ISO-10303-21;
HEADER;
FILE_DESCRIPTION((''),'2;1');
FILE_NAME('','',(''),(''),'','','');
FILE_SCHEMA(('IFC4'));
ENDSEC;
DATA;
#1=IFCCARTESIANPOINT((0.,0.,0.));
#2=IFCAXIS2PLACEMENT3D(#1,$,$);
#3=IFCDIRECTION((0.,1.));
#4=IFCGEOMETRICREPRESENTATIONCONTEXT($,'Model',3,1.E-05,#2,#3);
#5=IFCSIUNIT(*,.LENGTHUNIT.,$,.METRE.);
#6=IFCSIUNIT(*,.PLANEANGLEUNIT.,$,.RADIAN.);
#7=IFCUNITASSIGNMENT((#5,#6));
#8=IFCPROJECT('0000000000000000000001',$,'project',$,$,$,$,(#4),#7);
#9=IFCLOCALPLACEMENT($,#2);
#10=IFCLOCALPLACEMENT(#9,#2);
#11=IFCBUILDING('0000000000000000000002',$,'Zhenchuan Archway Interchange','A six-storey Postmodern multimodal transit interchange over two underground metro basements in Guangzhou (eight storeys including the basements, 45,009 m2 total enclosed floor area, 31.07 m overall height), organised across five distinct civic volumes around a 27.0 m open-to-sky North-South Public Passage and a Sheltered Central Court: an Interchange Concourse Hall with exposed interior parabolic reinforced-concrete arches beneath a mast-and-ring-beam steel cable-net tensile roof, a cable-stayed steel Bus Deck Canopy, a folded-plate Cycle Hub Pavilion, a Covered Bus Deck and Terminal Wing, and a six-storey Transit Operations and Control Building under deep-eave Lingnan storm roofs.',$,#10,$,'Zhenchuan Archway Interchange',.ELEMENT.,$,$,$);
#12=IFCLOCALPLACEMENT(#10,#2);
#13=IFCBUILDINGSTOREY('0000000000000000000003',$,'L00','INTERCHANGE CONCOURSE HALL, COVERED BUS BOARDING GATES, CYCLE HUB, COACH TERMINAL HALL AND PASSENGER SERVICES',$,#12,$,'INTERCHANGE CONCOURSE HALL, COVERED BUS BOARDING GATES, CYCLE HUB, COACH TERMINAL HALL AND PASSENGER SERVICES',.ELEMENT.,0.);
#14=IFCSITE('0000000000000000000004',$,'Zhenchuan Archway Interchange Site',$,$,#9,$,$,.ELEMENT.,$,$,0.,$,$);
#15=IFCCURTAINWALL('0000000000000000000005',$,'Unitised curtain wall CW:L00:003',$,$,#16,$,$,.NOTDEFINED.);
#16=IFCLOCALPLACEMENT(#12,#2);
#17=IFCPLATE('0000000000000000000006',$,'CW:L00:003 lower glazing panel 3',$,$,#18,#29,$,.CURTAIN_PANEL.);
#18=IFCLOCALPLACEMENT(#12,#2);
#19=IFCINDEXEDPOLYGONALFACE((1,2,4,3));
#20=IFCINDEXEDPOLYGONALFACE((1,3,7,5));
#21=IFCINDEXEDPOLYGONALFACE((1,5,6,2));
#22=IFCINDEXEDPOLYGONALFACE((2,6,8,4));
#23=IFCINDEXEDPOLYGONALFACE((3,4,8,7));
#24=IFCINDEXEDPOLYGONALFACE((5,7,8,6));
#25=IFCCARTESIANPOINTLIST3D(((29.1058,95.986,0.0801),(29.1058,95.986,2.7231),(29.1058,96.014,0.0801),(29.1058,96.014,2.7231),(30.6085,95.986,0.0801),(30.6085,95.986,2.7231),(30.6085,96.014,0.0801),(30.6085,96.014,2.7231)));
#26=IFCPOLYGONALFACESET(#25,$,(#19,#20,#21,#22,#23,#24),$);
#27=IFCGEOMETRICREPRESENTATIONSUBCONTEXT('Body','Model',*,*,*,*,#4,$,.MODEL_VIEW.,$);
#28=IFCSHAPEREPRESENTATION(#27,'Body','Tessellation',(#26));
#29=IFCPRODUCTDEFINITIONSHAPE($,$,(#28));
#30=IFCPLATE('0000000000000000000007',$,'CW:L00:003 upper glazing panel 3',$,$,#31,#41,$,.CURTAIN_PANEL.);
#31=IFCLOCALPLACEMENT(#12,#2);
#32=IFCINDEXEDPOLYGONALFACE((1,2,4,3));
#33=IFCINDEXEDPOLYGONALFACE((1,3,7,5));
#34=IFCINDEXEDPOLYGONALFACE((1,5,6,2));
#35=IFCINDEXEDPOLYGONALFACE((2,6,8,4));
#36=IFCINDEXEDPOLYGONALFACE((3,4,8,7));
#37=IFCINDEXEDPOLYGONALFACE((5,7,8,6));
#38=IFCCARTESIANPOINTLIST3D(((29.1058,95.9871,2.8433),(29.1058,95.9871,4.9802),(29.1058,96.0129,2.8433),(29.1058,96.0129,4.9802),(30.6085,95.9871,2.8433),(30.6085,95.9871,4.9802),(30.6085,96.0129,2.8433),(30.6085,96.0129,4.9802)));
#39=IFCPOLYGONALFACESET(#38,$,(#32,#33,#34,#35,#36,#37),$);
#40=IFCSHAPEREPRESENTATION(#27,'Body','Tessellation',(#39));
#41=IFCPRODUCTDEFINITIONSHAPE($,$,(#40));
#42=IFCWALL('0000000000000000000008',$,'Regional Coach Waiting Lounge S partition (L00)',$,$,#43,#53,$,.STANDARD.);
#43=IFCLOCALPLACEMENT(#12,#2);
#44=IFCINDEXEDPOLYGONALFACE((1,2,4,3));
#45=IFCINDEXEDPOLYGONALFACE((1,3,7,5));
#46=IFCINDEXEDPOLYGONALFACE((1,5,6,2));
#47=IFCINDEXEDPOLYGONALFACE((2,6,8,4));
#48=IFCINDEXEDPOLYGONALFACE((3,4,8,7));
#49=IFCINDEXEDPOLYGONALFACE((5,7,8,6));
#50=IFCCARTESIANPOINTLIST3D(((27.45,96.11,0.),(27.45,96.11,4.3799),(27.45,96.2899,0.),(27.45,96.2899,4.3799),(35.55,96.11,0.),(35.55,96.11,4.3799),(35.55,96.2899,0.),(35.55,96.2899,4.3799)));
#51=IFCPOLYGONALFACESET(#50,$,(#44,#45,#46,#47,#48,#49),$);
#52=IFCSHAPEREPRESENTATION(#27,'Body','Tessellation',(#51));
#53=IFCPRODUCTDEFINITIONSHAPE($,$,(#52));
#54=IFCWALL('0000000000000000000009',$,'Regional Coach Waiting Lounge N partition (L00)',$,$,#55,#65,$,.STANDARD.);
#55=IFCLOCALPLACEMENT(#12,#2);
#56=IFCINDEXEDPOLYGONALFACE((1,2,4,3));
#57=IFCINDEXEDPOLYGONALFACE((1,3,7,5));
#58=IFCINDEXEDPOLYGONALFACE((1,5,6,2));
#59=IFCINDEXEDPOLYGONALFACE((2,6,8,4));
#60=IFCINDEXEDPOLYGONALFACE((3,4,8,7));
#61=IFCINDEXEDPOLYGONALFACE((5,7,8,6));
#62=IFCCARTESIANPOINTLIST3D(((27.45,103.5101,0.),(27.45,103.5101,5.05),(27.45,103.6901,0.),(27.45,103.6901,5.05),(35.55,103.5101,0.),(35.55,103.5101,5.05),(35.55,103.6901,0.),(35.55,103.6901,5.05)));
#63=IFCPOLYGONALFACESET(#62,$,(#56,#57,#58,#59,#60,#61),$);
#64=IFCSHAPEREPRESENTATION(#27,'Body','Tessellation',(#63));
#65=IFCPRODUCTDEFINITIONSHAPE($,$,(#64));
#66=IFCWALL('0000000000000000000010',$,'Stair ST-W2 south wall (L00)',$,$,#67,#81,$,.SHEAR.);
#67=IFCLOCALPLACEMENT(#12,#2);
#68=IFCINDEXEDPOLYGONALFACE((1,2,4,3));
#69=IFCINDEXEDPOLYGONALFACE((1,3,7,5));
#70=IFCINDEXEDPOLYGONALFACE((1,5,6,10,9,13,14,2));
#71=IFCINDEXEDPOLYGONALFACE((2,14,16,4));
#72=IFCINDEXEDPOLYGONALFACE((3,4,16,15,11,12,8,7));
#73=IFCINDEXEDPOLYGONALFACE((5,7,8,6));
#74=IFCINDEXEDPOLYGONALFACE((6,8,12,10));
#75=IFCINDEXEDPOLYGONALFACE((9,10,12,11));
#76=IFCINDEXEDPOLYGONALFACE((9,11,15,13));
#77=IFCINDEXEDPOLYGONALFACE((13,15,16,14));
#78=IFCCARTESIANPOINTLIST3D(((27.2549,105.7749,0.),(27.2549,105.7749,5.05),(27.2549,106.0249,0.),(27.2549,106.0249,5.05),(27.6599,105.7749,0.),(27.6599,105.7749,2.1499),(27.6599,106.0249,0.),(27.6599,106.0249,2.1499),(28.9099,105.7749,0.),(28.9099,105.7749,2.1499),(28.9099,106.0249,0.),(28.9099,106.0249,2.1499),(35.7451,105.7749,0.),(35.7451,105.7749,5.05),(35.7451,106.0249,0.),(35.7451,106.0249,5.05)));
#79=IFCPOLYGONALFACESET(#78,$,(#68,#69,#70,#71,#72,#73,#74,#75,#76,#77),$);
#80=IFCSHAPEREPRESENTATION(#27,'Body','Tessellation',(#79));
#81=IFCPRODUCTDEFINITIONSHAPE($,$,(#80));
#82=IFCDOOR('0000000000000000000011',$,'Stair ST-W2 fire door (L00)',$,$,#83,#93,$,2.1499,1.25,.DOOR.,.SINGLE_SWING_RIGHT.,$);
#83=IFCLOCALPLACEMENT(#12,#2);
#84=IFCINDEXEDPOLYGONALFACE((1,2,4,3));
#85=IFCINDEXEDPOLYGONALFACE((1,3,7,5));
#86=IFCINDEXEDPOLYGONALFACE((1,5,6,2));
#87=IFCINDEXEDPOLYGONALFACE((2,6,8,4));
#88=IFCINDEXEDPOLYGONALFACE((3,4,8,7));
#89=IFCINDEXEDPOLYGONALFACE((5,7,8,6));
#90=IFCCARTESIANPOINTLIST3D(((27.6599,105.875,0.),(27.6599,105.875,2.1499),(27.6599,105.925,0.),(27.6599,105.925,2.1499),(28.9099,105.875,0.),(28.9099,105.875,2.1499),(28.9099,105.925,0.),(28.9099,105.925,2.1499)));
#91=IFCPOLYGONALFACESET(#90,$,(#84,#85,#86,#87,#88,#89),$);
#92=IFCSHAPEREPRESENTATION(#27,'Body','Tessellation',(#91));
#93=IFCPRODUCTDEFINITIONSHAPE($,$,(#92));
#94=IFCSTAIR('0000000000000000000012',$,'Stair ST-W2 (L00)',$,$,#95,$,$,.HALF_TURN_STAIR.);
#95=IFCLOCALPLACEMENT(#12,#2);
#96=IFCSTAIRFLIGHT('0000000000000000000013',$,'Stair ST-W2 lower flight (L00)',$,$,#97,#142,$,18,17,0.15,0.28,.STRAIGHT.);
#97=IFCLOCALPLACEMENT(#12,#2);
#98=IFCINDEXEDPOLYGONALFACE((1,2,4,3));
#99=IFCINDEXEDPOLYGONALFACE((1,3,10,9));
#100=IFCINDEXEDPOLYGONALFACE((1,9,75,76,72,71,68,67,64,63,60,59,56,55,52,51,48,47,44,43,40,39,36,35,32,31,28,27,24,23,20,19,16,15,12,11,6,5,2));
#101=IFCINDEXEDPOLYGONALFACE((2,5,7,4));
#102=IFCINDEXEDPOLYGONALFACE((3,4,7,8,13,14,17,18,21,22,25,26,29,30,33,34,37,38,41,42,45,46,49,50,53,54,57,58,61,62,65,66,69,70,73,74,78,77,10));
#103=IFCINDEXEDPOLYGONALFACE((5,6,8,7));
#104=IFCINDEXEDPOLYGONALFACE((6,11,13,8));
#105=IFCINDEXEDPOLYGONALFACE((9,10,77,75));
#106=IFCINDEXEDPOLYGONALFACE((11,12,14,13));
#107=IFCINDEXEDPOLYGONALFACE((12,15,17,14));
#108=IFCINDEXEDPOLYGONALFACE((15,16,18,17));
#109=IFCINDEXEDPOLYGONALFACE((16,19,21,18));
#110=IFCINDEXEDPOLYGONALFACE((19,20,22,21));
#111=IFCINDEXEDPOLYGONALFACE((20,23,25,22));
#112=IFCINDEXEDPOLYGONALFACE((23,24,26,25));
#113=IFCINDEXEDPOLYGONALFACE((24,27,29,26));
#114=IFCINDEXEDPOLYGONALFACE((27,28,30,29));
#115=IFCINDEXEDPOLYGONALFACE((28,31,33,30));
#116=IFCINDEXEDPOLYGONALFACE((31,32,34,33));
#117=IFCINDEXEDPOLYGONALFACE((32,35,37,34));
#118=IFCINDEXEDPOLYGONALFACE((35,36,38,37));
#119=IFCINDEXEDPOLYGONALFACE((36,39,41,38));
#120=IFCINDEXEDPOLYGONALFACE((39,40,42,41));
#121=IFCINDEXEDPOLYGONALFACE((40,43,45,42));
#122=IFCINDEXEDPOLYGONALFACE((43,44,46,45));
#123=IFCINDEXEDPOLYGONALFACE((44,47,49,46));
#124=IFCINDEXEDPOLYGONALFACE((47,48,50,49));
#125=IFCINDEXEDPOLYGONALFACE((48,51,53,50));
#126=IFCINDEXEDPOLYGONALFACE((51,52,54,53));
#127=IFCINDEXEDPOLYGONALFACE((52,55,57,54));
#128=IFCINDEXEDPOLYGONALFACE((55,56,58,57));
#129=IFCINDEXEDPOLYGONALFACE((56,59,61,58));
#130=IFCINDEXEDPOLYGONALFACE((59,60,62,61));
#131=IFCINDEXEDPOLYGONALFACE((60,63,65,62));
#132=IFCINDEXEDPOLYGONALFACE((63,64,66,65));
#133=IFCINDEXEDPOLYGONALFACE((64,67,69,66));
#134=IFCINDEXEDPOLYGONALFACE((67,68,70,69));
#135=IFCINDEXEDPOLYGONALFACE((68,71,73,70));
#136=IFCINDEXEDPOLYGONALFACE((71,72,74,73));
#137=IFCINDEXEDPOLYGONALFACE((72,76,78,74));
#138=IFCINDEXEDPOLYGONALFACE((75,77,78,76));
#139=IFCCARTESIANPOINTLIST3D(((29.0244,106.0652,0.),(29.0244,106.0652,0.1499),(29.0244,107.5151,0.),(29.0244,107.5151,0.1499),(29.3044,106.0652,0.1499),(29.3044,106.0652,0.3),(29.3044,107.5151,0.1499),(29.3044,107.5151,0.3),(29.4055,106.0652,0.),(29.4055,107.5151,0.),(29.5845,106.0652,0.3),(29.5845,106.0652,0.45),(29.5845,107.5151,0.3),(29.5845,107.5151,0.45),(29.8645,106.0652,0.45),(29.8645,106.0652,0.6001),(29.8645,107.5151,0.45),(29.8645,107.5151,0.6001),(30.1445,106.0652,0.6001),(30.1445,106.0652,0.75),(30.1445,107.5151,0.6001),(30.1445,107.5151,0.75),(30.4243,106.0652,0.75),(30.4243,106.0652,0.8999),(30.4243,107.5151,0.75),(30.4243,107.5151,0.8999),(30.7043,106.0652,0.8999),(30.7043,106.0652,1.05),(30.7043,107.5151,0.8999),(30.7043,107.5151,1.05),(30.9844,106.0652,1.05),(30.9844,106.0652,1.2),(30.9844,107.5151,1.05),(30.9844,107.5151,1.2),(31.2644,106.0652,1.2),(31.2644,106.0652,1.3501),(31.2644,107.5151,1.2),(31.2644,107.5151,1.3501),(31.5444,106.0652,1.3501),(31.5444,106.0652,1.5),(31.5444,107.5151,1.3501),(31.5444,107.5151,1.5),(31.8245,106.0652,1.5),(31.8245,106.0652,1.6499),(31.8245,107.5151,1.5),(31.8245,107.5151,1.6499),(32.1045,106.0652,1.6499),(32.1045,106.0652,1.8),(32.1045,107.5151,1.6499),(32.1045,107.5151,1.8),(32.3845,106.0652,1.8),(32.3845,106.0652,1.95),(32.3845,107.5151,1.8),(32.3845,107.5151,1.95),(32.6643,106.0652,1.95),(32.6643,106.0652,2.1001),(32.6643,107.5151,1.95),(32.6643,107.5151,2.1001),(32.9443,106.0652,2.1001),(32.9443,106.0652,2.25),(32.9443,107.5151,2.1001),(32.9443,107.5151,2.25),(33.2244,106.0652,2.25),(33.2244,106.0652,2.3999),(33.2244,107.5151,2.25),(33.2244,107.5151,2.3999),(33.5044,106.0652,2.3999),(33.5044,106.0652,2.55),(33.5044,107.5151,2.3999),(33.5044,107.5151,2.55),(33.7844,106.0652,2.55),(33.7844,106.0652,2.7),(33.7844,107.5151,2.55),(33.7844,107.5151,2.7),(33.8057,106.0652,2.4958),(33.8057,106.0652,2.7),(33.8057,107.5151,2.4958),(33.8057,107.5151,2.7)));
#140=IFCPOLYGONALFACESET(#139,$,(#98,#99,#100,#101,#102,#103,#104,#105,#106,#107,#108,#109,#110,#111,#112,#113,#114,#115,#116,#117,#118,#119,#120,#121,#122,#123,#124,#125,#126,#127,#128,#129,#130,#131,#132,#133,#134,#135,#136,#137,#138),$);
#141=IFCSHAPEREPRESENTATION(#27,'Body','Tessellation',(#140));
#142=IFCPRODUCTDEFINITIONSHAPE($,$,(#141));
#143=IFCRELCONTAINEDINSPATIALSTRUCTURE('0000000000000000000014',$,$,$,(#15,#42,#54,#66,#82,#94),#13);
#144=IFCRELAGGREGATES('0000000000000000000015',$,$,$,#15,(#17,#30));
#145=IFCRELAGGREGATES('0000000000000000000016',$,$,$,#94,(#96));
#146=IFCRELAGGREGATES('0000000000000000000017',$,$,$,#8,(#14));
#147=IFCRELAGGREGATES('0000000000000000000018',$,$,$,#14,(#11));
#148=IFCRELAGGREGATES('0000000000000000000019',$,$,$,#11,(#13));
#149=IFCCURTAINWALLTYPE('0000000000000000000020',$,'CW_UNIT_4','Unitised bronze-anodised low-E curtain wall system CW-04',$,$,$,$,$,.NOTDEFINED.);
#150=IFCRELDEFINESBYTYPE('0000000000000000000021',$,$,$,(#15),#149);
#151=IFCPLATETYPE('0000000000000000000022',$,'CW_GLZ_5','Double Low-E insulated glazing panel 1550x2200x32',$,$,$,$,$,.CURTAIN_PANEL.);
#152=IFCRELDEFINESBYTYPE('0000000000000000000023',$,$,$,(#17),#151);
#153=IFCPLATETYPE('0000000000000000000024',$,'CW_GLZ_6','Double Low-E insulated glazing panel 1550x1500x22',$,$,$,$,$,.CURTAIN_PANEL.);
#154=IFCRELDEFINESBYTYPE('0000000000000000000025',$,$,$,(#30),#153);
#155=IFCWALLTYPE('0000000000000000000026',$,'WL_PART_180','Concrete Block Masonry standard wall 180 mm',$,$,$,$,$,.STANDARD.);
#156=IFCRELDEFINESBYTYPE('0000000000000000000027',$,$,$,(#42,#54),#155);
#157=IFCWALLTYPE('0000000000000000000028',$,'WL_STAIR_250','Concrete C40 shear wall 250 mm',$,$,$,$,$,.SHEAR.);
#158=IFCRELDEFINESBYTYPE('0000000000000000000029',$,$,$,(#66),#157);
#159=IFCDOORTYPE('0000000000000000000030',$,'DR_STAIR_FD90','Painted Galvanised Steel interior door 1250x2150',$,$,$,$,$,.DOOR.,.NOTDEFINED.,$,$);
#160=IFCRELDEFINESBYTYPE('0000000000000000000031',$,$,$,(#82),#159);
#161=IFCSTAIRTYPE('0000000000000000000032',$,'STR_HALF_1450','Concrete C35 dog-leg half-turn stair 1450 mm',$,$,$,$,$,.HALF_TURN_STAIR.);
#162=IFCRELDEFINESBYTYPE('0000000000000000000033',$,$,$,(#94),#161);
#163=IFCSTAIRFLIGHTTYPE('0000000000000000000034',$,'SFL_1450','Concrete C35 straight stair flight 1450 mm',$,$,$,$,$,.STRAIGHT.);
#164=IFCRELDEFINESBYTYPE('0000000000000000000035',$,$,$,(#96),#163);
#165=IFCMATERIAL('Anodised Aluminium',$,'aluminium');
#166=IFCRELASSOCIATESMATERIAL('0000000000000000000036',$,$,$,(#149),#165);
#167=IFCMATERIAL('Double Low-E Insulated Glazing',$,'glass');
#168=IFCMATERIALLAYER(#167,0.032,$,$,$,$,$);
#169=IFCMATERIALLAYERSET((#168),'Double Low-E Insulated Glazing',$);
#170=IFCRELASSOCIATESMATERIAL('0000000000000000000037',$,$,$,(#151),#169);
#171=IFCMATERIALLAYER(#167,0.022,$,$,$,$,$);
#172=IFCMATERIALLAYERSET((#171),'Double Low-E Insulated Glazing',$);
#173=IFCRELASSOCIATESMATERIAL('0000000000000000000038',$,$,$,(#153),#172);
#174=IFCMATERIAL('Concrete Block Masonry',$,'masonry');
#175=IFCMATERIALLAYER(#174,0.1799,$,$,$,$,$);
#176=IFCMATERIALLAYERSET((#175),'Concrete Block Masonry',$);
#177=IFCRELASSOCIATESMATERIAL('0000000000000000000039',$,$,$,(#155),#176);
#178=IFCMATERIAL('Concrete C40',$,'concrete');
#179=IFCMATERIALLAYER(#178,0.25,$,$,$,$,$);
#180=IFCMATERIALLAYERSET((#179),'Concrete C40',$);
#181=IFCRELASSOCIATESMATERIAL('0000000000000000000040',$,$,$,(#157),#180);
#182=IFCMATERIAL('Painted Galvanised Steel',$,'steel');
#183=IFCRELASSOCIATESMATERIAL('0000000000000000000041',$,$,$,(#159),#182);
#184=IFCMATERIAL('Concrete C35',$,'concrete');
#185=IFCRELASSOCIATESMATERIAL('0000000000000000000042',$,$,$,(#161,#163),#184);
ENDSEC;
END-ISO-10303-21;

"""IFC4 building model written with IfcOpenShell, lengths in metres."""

from ifc_helpers import new_model, si_unit, direction, frame, frame_2d, origin, origin_2d, place, context, subcontext, project, spatial, polyline, rectangle, outline, extrude, material, layer, layer_set, type_object, element, fill, aggregate, save


model = new_model("IFC4")

# Units and contexts
model_context = context("Model", 3, precision=1e-05, world=origin(), true_north=direction((0.0, 1.0)))
body_context = subcontext(model_context, "Body", "Model", "MODEL_VIEW")
ifc_project = project(units=[si_unit("LENGTHUNIT", "METRE"), si_unit("PLANEANGLEUNIT", "RADIAN")], contexts=[model_context])

# Site, building, storey
site_placement = place(None, origin())
site = spatial("IfcSite", under=ifc_project, at=site_placement, Name="Zhenchuan Archway Interchange Site", CompositionType="ELEMENT", RefElevation=0.0)
building_placement = place(site_placement, origin())
building = spatial("IfcBuilding", under=site, at=building_placement, Name="Zhenchuan Archway Interchange", Description="A six-storey Postmodern multimodal transit interchange over two underground metro basements in Guangzhou (eight storeys including the basements, 45,009 m2 total enclosed floor area, 31.07 m overall height), organised across five distinct civic volumes around a 27.0 m open-to-sky North-South Public Passage and a Sheltered Central Court: an Interchange Concourse Hall with exposed interior parabolic reinforced-concrete arches beneath a mast-and-ring-beam steel cable-net tensile roof, a cable-stayed steel Bus Deck Canopy, a folded-plate Cycle Hub Pavilion, a Covered Bus Deck and Terminal Wing, and a six-storey Transit Operations and Control Building under deep-eave Lingnan storm roofs.", LongName="Zhenchuan Archway Interchange", CompositionType="ELEMENT")
storey_placement = place(building_placement, origin())
storey = spatial("IfcBuildingStorey", under=building, at=storey_placement, Name="L00", Description="INTERCHANGE CONCOURSE HALL, COVERED BUS BOARDING GATES, CYCLE HUB, COACH TERMINAL HALL AND PASSENGER SERVICES", LongName="INTERCHANGE CONCOURSE HALL, COVERED BUS BOARDING GATES, CYCLE HUB, COACH TERMINAL HALL AND PASSENGER SERVICES", CompositionType="ELEMENT", Elevation=0.0)

# Shared definitions
ifc_material_1 = material(Name="Concrete C40", Category="concrete")

# Shared definitions
ifc_material_2 = material(Name="Concrete C35", Category="concrete")

# Curtain wall
ifc_material_3 = material(Name="Anodised Aluminium", Category="aluminium")
curtain_wall_type = type_object("IfcCurtainWallType", Name="CW_UNIT_4", Description="Unitised bronze-anodised low-E curtain wall system CW-04", PredefinedType="NOTDEFINED", material=ifc_material_3)
curtain_wall_placement = place(storey_placement, origin())
curtain_wall = element("IfcCurtainWall", 1, at=curtain_wall_placement, inside=storey, type_object=curtain_wall_type, Name="Unitised curtain wall CW:L00:003", PredefinedType="NOTDEFINED")

# Plates
ifc_material_4 = material(Name="Double Low-E Insulated Glazing", Category="glass")
ifc_layer_1 = layer(ifc_material_4, 0.032)
ifc_layer_set_1 = layer_set([ifc_layer_1], Name="Double Low-E Insulated Glazing")
plate_type_1 = type_object("IfcPlateType", Name="CW_GLZ_5", Description="Double Low-E insulated glazing panel 1550x2200x32", PredefinedType="CURTAIN_PANEL", material=ifc_layer_set_1)
plate_1_placement = place(storey_placement, frame((29.8572, 96.0, 0.0801), z_axis=(0.0, 0.0, 1.0), x_axis=(-1.0, 0.0, 0.0)))
plate_1 = element("IfcPlate", 2, at=plate_1_placement, type_object=plate_type_1, Name="CW:L00:003 lower glazing panel 3", PredefinedType="CURTAIN_PANEL", context=body_context, shape_type="SweptSolid", body=[
    extrude(rectangle(XDim=1.5027, YDim=0.0281, at=origin_2d()), origin(), (0.0, 0.0, 1.0), 2.6431),
])
ifc_layer_2 = layer(ifc_material_4, 0.022)
ifc_layer_set_2 = layer_set([ifc_layer_2], Name="Double Low-E Insulated Glazing")
plate_type_2 = type_object("IfcPlateType", Name="CW_GLZ_6", Description="Double Low-E insulated glazing panel 1550x1500x22", PredefinedType="CURTAIN_PANEL", material=ifc_layer_set_2)
plate_2_placement = place(storey_placement, frame((29.8572, 96.0, 2.8433), z_axis=(0.0, 0.0, 1.0), x_axis=(-1.0, 0.0, 0.0)))
plate_2 = element("IfcPlate", 3, at=plate_2_placement, type_object=plate_type_2, Name="CW:L00:003 upper glazing panel 3", PredefinedType="CURTAIN_PANEL", context=body_context, shape_type="SweptSolid", body=[
    extrude(rectangle(XDim=1.5027, YDim=0.0259, at=origin_2d()), origin(), (0.0, 0.0, 1.0), 2.137),
])
aggregate(curtain_wall, [plate_1, plate_2])

# Walls
ifc_material_5 = material(Name="Concrete Block Masonry", Category="masonry")
ifc_layer_3 = layer(ifc_material_5, 0.1799)
ifc_layer_set_3 = layer_set([ifc_layer_3], Name="Concrete Block Masonry")
wall_type_1 = type_object("IfcWallType", Name="WL_PART_180", Description="Concrete Block Masonry standard wall 180 mm", PredefinedType="STANDARD", material=ifc_layer_set_3)
wall_1_placement = place(storey_placement, frame((27.45, 96.2, 0.0), z_axis=(0.0, 0.0, 1.0), x_axis=(1.0, 0.0, 0.0)))
element("IfcWall", 4, at=wall_1_placement, inside=storey, type_object=wall_type_1, Name="Regional Coach Waiting Lounge S partition (L00)", PredefinedType="STANDARD", context=body_context, shape_type="SweptSolid", body=[
    extrude(rectangle(XDim=8.1001, YDim=0.1799, at=frame_2d((4.05, 0.0))), origin(), (0.0, 0.0, 1.0), 4.3799),
])
wall_2_placement = place(storey_placement, frame((27.45, 103.6001, 0.0), z_axis=(0.0, 0.0, 1.0), x_axis=(1.0, 0.0, 0.0)))
element("IfcWall", 5, at=wall_2_placement, inside=storey, type_object=wall_type_1, Name="Regional Coach Waiting Lounge N partition (L00)", PredefinedType="STANDARD", context=body_context, shape_type="SweptSolid", body=[
    extrude(rectangle(XDim=8.1001, YDim=0.1799, at=frame_2d((4.05, 0.0))), origin(), (0.0, 0.0, 1.0), 5.05),
])

# Wall, opening, door
ifc_layer_4 = layer(ifc_material_1, 0.25)
ifc_layer_set_4 = layer_set([ifc_layer_4], Name="Concrete C40")
wall_type_2 = type_object("IfcWallType", Name="WL_STAIR_250", Description="Concrete C40 shear wall 250 mm", PredefinedType="SHEAR", material=ifc_layer_set_4)
wall_3_placement = place(storey_placement, frame((27.2549, 105.8999, 0.0), z_axis=(0.0, 0.0, 1.0), x_axis=(1.0, 0.0, 0.0)))
wall_3 = element("IfcWall", 6, at=wall_3_placement, inside=storey, type_object=wall_type_2, Name="Stair ST-W2 south wall (L00)", PredefinedType="SHEAR", context=body_context, shape_type="SweptSolid", body=[
    extrude(rectangle(XDim=8.4902, YDim=0.25, at=frame_2d((4.2451, 0.0))), origin(), (0.0, 0.0, 1.0), 5.05),
])
opening_placement = place(wall_3_placement, frame((0.405, 0.0, 0.0)))
opening = element("IfcOpeningElement", 7, at=opening_placement, cuts=wall_3, PredefinedType="OPENING", context=body_context, shape_type="SweptSolid", body=[
    extrude(rectangle(XDim=1.25, YDim=2.1499, at=frame_2d((0.625, 1.075))), frame((0.0, 0.137, 0.0), z_axis=(0.0, -1.0, 0.0), x_axis=(1.0, 0.0, 0.0)), (0.0, 0.0, 1.0), 0.2739),
])
ifc_material_6 = material(Name="Painted Galvanised Steel", Category="steel")
door_type = type_object("IfcDoorType", Name="DR_STAIR_FD90", Description="Painted Galvanised Steel interior door 1250x2150", OperationType="NOTDEFINED", PredefinedType="DOOR", material=ifc_material_6)
door_placement = place(opening_placement, frame((1.25, 0.0, 0.0), z_axis=(0.0, 0.0, 1.0), x_axis=(-1.0, 0.0, 0.0)))
door = element("IfcDoor", 8, at=door_placement, inside=storey, type_object=door_type, Name="Stair ST-W2 fire door (L00)", OperationType="SINGLE_SWING_RIGHT", OverallHeight=2.1499, OverallWidth=1.25, PredefinedType="DOOR", context=body_context, shape_type="SweptSolid", body=[
    extrude(rectangle(XDim=1.25, YDim=2.1499, at=frame_2d((0.625, 1.075))), frame((0.0, 0.0249, 0.0), z_axis=(0.0, -1.0, 0.0), x_axis=(1.0, 0.0, 0.0)), (0.0, 0.0, 1.0), 0.05),
])
fill(opening, door)

# Stair, stair flight
stair_type = type_object("IfcStairType", Name="STR_HALF_1450", Description="Concrete C35 dog-leg half-turn stair 1450 mm", PredefinedType="HALF_TURN_STAIR", material=ifc_material_2)
stair_placement = place(storey_placement, origin())
stair = element("IfcStair", 9, at=stair_placement, inside=storey, type_object=stair_type, Name="Stair ST-W2 (L00)", PredefinedType="HALF_TURN_STAIR")
stair_flight_type = type_object("IfcStairFlightType", Name="SFL_1450", Description="Concrete C35 straight stair flight 1450 mm", PredefinedType="STRAIGHT", material=ifc_material_2)
stair_flight_placement = place(storey_placement, frame((29.0244, 106.79, 0.0), z_axis=(0.0, 0.0, 1.0), x_axis=(1.0, 0.0, 0.0)))
stair_flight = element("IfcStairFlight", 10, at=stair_flight_placement, type_object=stair_flight_type, Name="Stair ST-W2 lower flight (L00)", NumberOfRisers=18, NumberOfTreads=17, PredefinedType="STRAIGHT", RiserHeight=0.15, TreadLength=0.28, context=body_context, shape_type="SweptSolid", body=[
    extrude(outline(polyline([(0.0, 0.0), (0.0, 0.1499), (0.28, 0.1499), (0.28, 0.3), (0.5601, 0.3), (0.5601, 0.45), (0.8401, 0.45), (0.8401, 0.6001), (1.1201, 0.6001), (1.1201, 0.75), (1.3999, 0.75), (1.3999, 0.8999), (1.6799, 0.8999), (1.6799, 1.05), (1.96, 1.05), (1.96, 1.2), (2.24, 1.2), (2.24, 1.3501), (2.52, 1.3501), (2.52, 1.5), (2.8, 1.5), (2.8, 1.6499), (3.0801, 1.6499), (3.0801, 1.8), (3.3601, 1.8), (3.3601, 1.95), (3.6399, 1.95), (3.6399, 2.1001), (3.9199, 2.1001), (3.9199, 2.25), (4.2, 2.25), (4.2, 2.3999), (4.48, 2.3999), (4.48, 2.55), (4.76, 2.55), (4.76, 2.7), (4.7812, 2.7), (4.7812, 2.4958), (0.3811, 0.0), (0.0, 0.0)])), frame((0.0, 0.7251, 0.0), z_axis=(0.0, -1.0, 0.0), x_axis=(1.0, 0.0, 0.0)), (0.0, 0.0, 1.0), 1.45),
])
aggregate(stair, [stair_flight])

save(model, "model.ifc")
